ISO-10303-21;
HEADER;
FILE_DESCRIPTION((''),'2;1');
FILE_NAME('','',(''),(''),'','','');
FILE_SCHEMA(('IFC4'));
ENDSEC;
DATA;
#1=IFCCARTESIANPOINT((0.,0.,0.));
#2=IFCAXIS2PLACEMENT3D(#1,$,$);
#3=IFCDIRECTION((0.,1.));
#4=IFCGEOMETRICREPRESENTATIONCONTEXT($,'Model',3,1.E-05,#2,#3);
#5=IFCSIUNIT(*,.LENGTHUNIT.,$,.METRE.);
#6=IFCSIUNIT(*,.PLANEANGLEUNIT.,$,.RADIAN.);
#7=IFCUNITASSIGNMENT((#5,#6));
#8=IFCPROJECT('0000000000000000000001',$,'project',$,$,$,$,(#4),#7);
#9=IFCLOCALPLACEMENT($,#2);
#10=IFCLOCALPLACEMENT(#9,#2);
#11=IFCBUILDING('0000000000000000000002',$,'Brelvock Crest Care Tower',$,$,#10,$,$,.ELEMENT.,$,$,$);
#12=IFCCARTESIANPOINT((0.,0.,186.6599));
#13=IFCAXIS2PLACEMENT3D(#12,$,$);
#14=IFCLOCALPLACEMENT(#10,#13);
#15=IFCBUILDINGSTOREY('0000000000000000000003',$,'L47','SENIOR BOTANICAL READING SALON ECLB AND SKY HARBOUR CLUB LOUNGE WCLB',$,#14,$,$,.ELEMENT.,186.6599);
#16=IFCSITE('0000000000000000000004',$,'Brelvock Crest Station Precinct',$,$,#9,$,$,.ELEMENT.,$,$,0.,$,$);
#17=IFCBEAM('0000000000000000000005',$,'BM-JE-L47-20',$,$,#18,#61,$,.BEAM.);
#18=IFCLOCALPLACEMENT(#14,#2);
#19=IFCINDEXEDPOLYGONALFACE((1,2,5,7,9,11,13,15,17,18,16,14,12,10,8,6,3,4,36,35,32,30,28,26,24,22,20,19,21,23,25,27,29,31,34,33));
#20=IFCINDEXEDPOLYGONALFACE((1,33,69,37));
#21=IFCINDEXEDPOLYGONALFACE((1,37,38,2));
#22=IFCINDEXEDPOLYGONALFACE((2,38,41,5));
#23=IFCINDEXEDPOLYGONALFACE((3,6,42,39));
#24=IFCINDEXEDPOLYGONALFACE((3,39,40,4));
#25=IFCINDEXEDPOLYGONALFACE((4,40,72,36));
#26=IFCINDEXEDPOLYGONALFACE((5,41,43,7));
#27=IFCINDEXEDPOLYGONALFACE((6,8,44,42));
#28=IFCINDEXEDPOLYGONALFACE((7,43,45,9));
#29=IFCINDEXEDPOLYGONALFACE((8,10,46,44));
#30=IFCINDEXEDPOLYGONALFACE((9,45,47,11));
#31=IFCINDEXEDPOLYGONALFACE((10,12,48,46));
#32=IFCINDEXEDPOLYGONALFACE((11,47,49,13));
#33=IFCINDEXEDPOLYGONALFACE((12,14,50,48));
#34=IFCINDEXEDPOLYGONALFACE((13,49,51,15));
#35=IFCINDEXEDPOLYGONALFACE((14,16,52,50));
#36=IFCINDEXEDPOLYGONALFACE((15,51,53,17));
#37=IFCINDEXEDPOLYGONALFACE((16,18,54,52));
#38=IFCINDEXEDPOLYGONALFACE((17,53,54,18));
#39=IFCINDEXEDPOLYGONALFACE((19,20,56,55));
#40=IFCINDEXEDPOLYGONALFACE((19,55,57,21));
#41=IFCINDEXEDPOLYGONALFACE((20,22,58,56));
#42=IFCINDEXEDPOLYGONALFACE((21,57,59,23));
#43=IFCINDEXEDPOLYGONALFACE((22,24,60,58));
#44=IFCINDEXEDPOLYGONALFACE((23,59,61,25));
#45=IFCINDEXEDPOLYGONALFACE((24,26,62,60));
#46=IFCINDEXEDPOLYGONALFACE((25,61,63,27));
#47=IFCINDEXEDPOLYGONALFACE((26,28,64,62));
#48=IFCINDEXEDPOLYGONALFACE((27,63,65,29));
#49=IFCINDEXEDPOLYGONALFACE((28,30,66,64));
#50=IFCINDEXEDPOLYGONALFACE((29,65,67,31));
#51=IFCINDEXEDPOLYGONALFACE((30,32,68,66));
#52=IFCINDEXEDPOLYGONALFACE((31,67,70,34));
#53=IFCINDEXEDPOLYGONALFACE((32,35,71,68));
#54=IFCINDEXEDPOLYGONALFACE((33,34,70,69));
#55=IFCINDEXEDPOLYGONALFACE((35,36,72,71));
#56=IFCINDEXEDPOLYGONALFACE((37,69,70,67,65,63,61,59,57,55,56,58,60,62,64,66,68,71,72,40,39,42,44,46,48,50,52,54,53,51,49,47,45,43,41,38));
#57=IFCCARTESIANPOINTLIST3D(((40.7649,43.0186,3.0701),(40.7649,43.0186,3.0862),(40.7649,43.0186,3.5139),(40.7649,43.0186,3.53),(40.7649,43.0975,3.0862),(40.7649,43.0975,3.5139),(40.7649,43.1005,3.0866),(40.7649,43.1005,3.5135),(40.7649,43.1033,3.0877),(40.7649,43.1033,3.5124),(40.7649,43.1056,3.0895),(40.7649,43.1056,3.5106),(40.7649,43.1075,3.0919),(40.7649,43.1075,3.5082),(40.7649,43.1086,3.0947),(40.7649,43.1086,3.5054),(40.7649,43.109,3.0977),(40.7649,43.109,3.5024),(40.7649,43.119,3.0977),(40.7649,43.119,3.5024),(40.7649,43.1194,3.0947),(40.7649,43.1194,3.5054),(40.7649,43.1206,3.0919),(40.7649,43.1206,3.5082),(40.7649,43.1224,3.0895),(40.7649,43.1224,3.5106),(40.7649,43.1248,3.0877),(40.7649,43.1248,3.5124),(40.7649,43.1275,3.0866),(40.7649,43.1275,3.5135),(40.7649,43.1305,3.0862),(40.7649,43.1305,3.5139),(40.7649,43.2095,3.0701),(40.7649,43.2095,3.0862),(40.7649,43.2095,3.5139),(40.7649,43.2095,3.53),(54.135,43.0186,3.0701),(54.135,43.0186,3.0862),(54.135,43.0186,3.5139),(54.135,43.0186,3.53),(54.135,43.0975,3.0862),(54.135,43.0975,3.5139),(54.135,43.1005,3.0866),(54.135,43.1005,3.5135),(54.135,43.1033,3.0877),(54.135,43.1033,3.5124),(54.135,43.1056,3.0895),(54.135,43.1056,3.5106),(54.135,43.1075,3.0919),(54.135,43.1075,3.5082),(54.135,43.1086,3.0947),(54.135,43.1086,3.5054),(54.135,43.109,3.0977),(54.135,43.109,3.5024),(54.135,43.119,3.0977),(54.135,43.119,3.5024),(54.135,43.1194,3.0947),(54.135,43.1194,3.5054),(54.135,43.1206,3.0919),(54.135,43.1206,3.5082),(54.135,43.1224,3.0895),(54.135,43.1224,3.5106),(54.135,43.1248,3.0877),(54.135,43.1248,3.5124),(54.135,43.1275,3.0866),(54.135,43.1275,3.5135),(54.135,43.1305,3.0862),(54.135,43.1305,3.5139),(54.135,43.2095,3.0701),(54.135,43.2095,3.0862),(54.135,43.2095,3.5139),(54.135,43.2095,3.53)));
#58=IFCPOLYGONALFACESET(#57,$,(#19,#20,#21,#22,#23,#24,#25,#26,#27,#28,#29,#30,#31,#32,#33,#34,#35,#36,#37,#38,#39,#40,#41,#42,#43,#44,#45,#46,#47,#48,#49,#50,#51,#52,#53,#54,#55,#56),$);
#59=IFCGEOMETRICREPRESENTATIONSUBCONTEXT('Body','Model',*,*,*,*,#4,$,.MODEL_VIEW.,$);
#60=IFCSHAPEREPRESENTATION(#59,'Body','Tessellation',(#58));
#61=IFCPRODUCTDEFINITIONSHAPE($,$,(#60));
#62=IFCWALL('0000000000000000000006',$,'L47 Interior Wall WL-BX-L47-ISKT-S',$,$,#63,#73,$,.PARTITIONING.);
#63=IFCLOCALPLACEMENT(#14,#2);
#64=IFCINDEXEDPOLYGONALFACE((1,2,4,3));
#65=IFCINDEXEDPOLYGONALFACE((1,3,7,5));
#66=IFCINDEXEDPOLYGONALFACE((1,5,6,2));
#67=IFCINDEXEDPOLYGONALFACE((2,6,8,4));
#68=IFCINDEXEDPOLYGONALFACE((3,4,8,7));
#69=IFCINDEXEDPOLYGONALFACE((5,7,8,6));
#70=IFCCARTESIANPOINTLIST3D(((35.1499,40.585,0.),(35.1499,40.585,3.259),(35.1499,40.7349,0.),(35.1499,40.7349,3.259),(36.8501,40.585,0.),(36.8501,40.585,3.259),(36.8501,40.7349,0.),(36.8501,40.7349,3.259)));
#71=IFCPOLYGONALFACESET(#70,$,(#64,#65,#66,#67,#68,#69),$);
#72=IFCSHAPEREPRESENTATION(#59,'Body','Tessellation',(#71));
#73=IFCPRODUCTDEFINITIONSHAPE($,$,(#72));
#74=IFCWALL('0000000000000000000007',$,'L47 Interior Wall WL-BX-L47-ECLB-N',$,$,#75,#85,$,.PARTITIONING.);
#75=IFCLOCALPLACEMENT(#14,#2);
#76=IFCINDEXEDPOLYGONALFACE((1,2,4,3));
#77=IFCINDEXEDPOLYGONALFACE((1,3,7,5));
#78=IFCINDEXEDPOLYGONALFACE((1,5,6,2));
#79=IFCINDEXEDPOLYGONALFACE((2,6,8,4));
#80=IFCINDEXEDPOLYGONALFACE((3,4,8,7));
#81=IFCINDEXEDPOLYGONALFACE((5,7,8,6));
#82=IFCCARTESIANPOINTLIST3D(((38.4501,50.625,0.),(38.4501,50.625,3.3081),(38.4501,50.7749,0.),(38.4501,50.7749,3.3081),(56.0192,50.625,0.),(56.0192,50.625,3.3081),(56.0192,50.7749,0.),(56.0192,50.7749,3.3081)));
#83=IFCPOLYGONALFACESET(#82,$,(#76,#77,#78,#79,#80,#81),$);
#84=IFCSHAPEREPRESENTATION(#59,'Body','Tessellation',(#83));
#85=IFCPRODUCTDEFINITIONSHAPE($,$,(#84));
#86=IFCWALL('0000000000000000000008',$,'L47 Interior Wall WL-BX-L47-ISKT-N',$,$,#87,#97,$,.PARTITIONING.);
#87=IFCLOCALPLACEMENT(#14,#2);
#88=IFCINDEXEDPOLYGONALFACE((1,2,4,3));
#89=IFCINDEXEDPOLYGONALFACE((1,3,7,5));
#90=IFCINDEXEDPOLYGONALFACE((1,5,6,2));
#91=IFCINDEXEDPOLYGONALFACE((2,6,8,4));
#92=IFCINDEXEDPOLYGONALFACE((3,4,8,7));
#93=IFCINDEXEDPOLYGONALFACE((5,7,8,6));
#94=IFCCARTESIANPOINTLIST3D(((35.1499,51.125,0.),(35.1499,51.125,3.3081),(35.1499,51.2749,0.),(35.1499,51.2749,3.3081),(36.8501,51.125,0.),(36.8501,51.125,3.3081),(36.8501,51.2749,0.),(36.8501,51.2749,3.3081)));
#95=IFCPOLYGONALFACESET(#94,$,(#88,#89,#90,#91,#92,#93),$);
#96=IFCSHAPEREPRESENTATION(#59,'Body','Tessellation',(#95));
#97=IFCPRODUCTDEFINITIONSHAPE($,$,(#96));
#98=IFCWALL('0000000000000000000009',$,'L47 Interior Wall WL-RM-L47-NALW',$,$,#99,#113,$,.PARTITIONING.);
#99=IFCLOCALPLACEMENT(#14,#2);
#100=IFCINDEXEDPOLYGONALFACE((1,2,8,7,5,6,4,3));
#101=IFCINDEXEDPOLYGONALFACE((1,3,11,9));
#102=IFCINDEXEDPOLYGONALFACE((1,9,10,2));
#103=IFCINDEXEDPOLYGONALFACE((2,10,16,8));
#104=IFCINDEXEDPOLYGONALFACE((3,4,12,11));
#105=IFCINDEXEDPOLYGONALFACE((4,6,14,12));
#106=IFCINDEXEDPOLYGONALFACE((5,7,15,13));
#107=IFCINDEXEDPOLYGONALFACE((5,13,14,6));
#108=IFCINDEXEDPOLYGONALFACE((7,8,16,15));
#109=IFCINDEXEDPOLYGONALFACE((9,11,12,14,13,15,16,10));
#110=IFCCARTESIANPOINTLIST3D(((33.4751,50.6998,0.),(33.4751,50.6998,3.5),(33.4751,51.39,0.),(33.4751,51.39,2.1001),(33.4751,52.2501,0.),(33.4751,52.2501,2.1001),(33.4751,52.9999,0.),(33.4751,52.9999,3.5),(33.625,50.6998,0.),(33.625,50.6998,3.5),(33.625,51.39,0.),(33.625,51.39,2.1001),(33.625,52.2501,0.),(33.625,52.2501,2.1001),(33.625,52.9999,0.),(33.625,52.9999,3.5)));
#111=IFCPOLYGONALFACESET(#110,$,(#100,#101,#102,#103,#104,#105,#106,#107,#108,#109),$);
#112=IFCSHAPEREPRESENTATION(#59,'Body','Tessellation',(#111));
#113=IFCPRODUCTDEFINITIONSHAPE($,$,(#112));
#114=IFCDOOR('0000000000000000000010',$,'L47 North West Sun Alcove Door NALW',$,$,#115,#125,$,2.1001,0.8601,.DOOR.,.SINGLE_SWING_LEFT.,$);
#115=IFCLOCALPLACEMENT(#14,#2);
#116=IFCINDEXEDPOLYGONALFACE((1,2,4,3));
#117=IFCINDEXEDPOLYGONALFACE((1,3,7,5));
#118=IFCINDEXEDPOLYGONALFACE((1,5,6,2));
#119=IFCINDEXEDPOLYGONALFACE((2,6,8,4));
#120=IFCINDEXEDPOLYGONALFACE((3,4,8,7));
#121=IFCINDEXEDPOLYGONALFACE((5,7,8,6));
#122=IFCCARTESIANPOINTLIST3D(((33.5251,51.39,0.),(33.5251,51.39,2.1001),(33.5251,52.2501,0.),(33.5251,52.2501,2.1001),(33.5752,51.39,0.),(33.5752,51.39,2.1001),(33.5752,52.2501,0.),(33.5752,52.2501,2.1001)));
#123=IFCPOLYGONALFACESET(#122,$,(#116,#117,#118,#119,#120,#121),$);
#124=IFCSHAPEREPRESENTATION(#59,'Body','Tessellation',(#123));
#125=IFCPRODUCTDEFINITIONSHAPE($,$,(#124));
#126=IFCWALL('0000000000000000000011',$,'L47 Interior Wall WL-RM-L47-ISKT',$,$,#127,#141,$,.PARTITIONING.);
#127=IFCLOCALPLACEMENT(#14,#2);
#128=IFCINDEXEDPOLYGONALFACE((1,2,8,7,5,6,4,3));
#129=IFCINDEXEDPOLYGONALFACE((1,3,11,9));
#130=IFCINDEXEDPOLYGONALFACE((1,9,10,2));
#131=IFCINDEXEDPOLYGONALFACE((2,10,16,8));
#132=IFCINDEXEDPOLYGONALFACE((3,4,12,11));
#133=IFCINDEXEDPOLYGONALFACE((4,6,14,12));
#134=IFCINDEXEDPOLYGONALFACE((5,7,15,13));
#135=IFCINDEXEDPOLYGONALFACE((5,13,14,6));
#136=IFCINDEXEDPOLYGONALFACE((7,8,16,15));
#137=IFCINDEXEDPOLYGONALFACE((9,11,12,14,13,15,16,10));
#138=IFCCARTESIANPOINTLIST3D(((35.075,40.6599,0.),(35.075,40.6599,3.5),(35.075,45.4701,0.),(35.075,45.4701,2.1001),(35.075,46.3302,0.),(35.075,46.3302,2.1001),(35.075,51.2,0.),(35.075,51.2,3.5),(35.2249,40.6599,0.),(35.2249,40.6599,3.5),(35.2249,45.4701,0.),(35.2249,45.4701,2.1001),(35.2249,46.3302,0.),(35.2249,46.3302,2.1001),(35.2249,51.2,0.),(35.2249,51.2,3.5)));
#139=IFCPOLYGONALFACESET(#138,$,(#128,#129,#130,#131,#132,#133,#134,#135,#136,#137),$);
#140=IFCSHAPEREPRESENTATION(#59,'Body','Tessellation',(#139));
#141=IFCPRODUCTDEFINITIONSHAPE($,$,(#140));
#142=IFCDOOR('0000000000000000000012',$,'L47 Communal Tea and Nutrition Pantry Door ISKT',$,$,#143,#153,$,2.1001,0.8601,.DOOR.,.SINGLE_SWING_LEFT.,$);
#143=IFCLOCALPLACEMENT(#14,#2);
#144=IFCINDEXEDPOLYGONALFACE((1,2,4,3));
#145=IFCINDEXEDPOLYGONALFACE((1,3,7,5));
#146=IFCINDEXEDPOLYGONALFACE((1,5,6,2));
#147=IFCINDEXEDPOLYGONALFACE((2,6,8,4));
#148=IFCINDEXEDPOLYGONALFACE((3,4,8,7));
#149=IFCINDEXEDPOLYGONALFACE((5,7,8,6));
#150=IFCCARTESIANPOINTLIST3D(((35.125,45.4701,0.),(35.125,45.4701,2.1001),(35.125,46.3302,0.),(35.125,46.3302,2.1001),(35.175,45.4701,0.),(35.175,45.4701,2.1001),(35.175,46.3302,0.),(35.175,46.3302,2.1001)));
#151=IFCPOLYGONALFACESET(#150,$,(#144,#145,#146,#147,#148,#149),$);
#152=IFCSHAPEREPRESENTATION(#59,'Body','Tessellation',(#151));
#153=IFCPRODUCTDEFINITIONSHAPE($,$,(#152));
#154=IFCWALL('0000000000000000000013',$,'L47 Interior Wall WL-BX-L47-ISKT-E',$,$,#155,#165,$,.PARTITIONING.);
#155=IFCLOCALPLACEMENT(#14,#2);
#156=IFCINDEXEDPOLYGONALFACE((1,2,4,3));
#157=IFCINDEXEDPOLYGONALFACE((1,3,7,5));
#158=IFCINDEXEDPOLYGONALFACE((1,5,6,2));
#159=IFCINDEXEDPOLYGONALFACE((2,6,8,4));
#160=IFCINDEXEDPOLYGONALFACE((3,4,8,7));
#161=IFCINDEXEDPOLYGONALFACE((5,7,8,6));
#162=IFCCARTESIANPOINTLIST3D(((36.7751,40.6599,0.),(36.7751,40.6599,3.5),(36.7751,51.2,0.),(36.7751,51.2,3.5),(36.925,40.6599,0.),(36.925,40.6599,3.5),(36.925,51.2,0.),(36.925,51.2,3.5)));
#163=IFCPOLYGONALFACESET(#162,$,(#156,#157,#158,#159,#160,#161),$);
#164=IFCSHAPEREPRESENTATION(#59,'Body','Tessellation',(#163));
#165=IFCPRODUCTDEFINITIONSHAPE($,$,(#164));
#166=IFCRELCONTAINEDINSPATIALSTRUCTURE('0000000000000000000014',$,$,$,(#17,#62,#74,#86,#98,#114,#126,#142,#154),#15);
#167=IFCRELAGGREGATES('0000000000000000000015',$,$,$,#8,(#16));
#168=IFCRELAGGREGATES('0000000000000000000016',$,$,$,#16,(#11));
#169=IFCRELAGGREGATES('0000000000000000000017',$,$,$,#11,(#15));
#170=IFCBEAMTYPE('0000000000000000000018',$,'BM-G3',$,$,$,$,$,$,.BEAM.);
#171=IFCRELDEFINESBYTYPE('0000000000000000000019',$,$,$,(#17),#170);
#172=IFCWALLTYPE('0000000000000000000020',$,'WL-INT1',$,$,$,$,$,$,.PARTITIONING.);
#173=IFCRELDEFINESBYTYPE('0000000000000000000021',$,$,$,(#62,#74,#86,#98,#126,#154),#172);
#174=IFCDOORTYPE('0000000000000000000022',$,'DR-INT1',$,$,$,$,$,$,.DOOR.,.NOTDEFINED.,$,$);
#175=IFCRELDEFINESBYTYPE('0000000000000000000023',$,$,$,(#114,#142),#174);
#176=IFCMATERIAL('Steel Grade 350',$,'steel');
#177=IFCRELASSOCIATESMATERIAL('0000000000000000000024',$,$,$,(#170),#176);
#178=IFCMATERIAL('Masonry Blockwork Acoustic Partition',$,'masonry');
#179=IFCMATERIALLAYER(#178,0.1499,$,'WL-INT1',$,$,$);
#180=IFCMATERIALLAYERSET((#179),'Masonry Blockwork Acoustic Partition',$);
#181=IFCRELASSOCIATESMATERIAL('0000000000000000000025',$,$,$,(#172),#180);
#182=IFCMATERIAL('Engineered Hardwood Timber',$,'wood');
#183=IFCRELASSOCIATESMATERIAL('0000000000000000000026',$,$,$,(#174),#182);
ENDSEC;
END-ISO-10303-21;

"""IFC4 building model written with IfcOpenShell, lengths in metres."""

from ifc_helpers import new_model, si_unit, direction, frame, frame_2d, origin, origin_2d, place, context, subcontext, project, spatial, rectangle, i_section, extrude, source, transform, mapped, material, layer, layer_set, material_profile, profile_set, type_object, element, fill, save


model = new_model("IFC4")

# Units and contexts
model_context = context("Model", 3, precision=1e-05, world=origin(), true_north=direction((0.0, 1.0)))
body_context = subcontext(model_context, "Body", "Model", "MODEL_VIEW")
ifc_project = project(units=[si_unit("LENGTHUNIT", "METRE"), si_unit("PLANEANGLEUNIT", "RADIAN")], contexts=[model_context])

# Site, building, storey
site_placement = place(None, origin())
site = spatial("IfcSite", under=ifc_project, at=site_placement, Name="Brelvock Crest Station Precinct", CompositionType="ELEMENT", RefElevation=0.0)
building_placement = place(site_placement, origin())
building = spatial("IfcBuilding", under=site, at=building_placement, Name="Brelvock Crest Care Tower", CompositionType="ELEMENT")
storey_placement = place(building_placement, frame((0.0, 0.0, 186.6599)))
storey = spatial("IfcBuildingStorey", under=building, at=storey_placement, Name="L47", Description="SENIOR BOTANICAL READING SALON ECLB AND SKY HARBOUR CLUB LOUNGE WCLB", CompositionType="ELEMENT", Elevation=186.6599)

# Beam
ifc_material_1 = material(Name="Steel Grade 350", Category="steel")
ifc_material_profile_1 = material_profile(ifc_material_1, i_section(OverallWidth=0.1909, OverallDepth=0.46, WebThickness=0.01, FlangeThickness=0.0161, FilletRadius=0.0115, at=origin_2d()), Name="460UB82.1")
ifc_profile_set_1 = profile_set([ifc_material_profile_1], Name="Steel Grade 350")
beam_type_1 = type_object("IfcBeamType", Name="BM-G3", PredefinedType="BEAM", material=ifc_profile_set_1)
shared_shape_1 = source(origin(), body_context, "Body", "SweptSolid", [
    extrude(i_section(OverallWidth=0.1909, OverallDepth=0.46, WebThickness=0.01, FlangeThickness=0.0161, FilletRadius=0.0115, at=origin_2d()), origin(), (0.0, 0.0, 1.0), 13.3701),
])
for number, where, z_axis, x_axis, name in (
    (1, (40.7649, 43.114, 3.3), (1.0, 0.0, 0.0), (0.0, 1.0, 0.0), "BM-JE-L47-20"),
):
    element("IfcBeam", number, at=place(storey_placement, frame(where, z_axis=z_axis, x_axis=x_axis)), inside=storey, type_object=beam_type_1, Name=name, PredefinedType="BEAM", context=body_context, shape_type="MappedRepresentation", body=[
        mapped(shared_shape_1, transform((0.0, 0.0, 0.0), x_axis=(1.0, 0.0, 0.0), y_axis=(0.0, 1.0, 0.0), z_axis=(0.0, 0.0, 1.0), scale=1.0)),
    ])

# Walls
ifc_material_2 = material(Name="Masonry Blockwork Acoustic Partition", Category="masonry")
ifc_layer = layer(ifc_material_2, 0.1499, Name="WL-INT1")
ifc_layer_set = layer_set([ifc_layer], Name="Masonry Blockwork Acoustic Partition")
wall_type = type_object("IfcWallType", Name="WL-INT1", PredefinedType="PARTITIONING", material=ifc_layer_set)
wall_1_placement = place(storey_placement, frame((35.1499, 40.6599, 0.0), z_axis=(0.0, 0.0, 1.0), x_axis=(1.0, 0.0, 0.0)))
element("IfcWall", 2, at=wall_1_placement, inside=storey, type_object=wall_type, Name="L47 Interior Wall WL-BX-L47-ISKT-S", PredefinedType="PARTITIONING", context=body_context, shape_type="SweptSolid", body=[
    extrude(rectangle(XDim=1.7002, YDim=0.1499, at=frame_2d((0.8501, 0.0))), origin(), (0.0, 0.0, 1.0), 3.259),
])
wall_2_placement = place(storey_placement, frame((38.45, 50.7, 0.0), z_axis=(0.0, 0.0, 1.0), x_axis=(1.0, 0.0, 0.0)))
element("IfcWall", 3, at=wall_2_placement, inside=storey, type_object=wall_type, Name="L47 Interior Wall WL-BX-L47-ECLB-N", PredefinedType="PARTITIONING", context=body_context, shape_type="SweptSolid", body=[
    extrude(rectangle(XDim=17.5691, YDim=0.1499, at=frame_2d((8.7847, 0.0))), origin(), (0.0, 0.0, 1.0), 3.3081),
])
wall_3_placement = place(storey_placement, frame((35.1499, 51.2, 0.0), z_axis=(0.0, 0.0, 1.0), x_axis=(1.0, 0.0, 0.0)))
element("IfcWall", 4, at=wall_3_placement, inside=storey, type_object=wall_type, Name="L47 Interior Wall WL-BX-L47-ISKT-N", PredefinedType="PARTITIONING", context=body_context, shape_type="SweptSolid", body=[
    extrude(rectangle(XDim=1.7002, YDim=0.1499, at=frame_2d((0.8501, 0.0))), origin(), (0.0, 0.0, 1.0), 3.3081),
])

# Walls, openings, doors
wall_4_placement = place(storey_placement, frame((33.55, 50.7, 0.0), z_axis=(0.0, 0.0, 1.0), x_axis=(0.0, 1.0, 0.0)))
wall_4 = element("IfcWall", 5, at=wall_4_placement, inside=storey, type_object=wall_type, Name="L47 Interior Wall WL-RM-L47-NALW", PredefinedType="PARTITIONING", context=body_context, shape_type="SweptSolid", body=[
    extrude(rectangle(XDim=2.3, YDim=0.1499, at=frame_2d((1.1499, 0.0))), origin(), (0.0, 0.0, 1.0), 3.5),
])
opening_1_placement = place(wall_4_placement, frame((0.6899, 0.0, 0.0)))
opening_1 = element("IfcOpeningElement", 6, at=opening_1_placement, cuts=wall_4, PredefinedType="OPENING", context=body_context, shape_type="SweptSolid", body=[
    extrude(rectangle(XDim=0.8601, YDim=2.1001, at=origin_2d()), frame((0.4302, 0.085, 1.05), z_axis=(0.0, -1.0, 0.0), x_axis=(1.0, 0.0, 0.0)), (0.0, 0.0, 1.0), 0.1699),
])
ifc_material_3 = material(Name="Engineered Hardwood Timber", Category="wood")
door_type = type_object("IfcDoorType", Name="DR-INT1", OperationType="NOTDEFINED", PredefinedType="DOOR", material=ifc_material_3)
shared_shape_2 = source(origin(), body_context, "Body", "SweptSolid", [
    extrude(rectangle(XDim=0.8601, YDim=2.1001, at=origin_2d()), frame((0.4302, 0.0249, 1.05), z_axis=(0.0, -1.0, 0.0), x_axis=(1.0, 0.0, 0.0)), (0.0, 0.0, 1.0), 0.05),
])
door_1_placement = place(opening_1_placement, origin())
door_1 = element("IfcDoor", 7, at=door_1_placement, inside=storey, type_object=door_type, Name="L47 North West Sun Alcove Door NALW", OperationType="SINGLE_SWING_LEFT", OverallHeight=2.1001, OverallWidth=0.8601, PredefinedType="DOOR", context=body_context, shape_type="MappedRepresentation", body=[
    mapped(shared_shape_2, transform((0.0, 0.0, 0.0), x_axis=(1.0, 0.0, 0.0), y_axis=(0.0, 1.0, 0.0), z_axis=(0.0, 0.0, 1.0), scale=1.0)),
])
fill(opening_1, door_1)
wall_5_placement = place(storey_placement, frame((35.1499, 40.6599, 0.0), z_axis=(0.0, 0.0, 1.0), x_axis=(0.0, 1.0, 0.0)))
wall_5 = element("IfcWall", 8, at=wall_5_placement, inside=storey, type_object=wall_type, Name="L47 Interior Wall WL-RM-L47-ISKT", PredefinedType="PARTITIONING", context=body_context, shape_type="SweptSolid", body=[
    extrude(rectangle(XDim=10.54, YDim=0.1499, at=frame_2d((5.27, 0.0))), origin(), (0.0, 0.0, 1.0), 3.5),
])
opening_2_placement = place(wall_5_placement, frame((4.8101, 0.0, 0.0)))
opening_2 = element("IfcOpeningElement", 9, at=opening_2_placement, cuts=wall_5, PredefinedType="OPENING", context=body_context, shape_type="SweptSolid", body=[
    extrude(rectangle(XDim=0.8601, YDim=2.1001, at=origin_2d()), frame((0.4302, 0.085, 1.05), z_axis=(0.0, -1.0, 0.0), x_axis=(1.0, 0.0, 0.0)), (0.0, 0.0, 1.0), 0.1699),
])
door_2_placement = place(opening_2_placement, origin())
door_2 = element("IfcDoor", 10, at=door_2_placement, inside=storey, type_object=door_type, Name="L47 Communal Tea and Nutrition Pantry Door ISKT", OperationType="SINGLE_SWING_LEFT", OverallHeight=2.1001, OverallWidth=0.8601, PredefinedType="DOOR", context=body_context, shape_type="MappedRepresentation", body=[
    mapped(shared_shape_2, transform((0.0, 0.0, 0.0), x_axis=(1.0, 0.0, 0.0), y_axis=(0.0, 1.0, 0.0), z_axis=(0.0, 0.0, 1.0), scale=1.0)),
])
fill(opening_2, door_2)

# Wall
wall_6_placement = place(storey_placement, frame((36.8501, 40.6599, 0.0), z_axis=(0.0, 0.0, 1.0), x_axis=(0.0, 1.0, 0.0)))
element("IfcWall", 11, at=wall_6_placement, inside=storey, type_object=wall_type, Name="L47 Interior Wall WL-BX-L47-ISKT-E", PredefinedType="PARTITIONING", context=body_context, shape_type="SweptSolid", body=[
    extrude(rectangle(XDim=10.54, YDim=0.1499, at=frame_2d((5.27, 0.0))), origin(), (0.0, 0.0, 1.0), 3.5),
])

save(model, "model.ifc")
